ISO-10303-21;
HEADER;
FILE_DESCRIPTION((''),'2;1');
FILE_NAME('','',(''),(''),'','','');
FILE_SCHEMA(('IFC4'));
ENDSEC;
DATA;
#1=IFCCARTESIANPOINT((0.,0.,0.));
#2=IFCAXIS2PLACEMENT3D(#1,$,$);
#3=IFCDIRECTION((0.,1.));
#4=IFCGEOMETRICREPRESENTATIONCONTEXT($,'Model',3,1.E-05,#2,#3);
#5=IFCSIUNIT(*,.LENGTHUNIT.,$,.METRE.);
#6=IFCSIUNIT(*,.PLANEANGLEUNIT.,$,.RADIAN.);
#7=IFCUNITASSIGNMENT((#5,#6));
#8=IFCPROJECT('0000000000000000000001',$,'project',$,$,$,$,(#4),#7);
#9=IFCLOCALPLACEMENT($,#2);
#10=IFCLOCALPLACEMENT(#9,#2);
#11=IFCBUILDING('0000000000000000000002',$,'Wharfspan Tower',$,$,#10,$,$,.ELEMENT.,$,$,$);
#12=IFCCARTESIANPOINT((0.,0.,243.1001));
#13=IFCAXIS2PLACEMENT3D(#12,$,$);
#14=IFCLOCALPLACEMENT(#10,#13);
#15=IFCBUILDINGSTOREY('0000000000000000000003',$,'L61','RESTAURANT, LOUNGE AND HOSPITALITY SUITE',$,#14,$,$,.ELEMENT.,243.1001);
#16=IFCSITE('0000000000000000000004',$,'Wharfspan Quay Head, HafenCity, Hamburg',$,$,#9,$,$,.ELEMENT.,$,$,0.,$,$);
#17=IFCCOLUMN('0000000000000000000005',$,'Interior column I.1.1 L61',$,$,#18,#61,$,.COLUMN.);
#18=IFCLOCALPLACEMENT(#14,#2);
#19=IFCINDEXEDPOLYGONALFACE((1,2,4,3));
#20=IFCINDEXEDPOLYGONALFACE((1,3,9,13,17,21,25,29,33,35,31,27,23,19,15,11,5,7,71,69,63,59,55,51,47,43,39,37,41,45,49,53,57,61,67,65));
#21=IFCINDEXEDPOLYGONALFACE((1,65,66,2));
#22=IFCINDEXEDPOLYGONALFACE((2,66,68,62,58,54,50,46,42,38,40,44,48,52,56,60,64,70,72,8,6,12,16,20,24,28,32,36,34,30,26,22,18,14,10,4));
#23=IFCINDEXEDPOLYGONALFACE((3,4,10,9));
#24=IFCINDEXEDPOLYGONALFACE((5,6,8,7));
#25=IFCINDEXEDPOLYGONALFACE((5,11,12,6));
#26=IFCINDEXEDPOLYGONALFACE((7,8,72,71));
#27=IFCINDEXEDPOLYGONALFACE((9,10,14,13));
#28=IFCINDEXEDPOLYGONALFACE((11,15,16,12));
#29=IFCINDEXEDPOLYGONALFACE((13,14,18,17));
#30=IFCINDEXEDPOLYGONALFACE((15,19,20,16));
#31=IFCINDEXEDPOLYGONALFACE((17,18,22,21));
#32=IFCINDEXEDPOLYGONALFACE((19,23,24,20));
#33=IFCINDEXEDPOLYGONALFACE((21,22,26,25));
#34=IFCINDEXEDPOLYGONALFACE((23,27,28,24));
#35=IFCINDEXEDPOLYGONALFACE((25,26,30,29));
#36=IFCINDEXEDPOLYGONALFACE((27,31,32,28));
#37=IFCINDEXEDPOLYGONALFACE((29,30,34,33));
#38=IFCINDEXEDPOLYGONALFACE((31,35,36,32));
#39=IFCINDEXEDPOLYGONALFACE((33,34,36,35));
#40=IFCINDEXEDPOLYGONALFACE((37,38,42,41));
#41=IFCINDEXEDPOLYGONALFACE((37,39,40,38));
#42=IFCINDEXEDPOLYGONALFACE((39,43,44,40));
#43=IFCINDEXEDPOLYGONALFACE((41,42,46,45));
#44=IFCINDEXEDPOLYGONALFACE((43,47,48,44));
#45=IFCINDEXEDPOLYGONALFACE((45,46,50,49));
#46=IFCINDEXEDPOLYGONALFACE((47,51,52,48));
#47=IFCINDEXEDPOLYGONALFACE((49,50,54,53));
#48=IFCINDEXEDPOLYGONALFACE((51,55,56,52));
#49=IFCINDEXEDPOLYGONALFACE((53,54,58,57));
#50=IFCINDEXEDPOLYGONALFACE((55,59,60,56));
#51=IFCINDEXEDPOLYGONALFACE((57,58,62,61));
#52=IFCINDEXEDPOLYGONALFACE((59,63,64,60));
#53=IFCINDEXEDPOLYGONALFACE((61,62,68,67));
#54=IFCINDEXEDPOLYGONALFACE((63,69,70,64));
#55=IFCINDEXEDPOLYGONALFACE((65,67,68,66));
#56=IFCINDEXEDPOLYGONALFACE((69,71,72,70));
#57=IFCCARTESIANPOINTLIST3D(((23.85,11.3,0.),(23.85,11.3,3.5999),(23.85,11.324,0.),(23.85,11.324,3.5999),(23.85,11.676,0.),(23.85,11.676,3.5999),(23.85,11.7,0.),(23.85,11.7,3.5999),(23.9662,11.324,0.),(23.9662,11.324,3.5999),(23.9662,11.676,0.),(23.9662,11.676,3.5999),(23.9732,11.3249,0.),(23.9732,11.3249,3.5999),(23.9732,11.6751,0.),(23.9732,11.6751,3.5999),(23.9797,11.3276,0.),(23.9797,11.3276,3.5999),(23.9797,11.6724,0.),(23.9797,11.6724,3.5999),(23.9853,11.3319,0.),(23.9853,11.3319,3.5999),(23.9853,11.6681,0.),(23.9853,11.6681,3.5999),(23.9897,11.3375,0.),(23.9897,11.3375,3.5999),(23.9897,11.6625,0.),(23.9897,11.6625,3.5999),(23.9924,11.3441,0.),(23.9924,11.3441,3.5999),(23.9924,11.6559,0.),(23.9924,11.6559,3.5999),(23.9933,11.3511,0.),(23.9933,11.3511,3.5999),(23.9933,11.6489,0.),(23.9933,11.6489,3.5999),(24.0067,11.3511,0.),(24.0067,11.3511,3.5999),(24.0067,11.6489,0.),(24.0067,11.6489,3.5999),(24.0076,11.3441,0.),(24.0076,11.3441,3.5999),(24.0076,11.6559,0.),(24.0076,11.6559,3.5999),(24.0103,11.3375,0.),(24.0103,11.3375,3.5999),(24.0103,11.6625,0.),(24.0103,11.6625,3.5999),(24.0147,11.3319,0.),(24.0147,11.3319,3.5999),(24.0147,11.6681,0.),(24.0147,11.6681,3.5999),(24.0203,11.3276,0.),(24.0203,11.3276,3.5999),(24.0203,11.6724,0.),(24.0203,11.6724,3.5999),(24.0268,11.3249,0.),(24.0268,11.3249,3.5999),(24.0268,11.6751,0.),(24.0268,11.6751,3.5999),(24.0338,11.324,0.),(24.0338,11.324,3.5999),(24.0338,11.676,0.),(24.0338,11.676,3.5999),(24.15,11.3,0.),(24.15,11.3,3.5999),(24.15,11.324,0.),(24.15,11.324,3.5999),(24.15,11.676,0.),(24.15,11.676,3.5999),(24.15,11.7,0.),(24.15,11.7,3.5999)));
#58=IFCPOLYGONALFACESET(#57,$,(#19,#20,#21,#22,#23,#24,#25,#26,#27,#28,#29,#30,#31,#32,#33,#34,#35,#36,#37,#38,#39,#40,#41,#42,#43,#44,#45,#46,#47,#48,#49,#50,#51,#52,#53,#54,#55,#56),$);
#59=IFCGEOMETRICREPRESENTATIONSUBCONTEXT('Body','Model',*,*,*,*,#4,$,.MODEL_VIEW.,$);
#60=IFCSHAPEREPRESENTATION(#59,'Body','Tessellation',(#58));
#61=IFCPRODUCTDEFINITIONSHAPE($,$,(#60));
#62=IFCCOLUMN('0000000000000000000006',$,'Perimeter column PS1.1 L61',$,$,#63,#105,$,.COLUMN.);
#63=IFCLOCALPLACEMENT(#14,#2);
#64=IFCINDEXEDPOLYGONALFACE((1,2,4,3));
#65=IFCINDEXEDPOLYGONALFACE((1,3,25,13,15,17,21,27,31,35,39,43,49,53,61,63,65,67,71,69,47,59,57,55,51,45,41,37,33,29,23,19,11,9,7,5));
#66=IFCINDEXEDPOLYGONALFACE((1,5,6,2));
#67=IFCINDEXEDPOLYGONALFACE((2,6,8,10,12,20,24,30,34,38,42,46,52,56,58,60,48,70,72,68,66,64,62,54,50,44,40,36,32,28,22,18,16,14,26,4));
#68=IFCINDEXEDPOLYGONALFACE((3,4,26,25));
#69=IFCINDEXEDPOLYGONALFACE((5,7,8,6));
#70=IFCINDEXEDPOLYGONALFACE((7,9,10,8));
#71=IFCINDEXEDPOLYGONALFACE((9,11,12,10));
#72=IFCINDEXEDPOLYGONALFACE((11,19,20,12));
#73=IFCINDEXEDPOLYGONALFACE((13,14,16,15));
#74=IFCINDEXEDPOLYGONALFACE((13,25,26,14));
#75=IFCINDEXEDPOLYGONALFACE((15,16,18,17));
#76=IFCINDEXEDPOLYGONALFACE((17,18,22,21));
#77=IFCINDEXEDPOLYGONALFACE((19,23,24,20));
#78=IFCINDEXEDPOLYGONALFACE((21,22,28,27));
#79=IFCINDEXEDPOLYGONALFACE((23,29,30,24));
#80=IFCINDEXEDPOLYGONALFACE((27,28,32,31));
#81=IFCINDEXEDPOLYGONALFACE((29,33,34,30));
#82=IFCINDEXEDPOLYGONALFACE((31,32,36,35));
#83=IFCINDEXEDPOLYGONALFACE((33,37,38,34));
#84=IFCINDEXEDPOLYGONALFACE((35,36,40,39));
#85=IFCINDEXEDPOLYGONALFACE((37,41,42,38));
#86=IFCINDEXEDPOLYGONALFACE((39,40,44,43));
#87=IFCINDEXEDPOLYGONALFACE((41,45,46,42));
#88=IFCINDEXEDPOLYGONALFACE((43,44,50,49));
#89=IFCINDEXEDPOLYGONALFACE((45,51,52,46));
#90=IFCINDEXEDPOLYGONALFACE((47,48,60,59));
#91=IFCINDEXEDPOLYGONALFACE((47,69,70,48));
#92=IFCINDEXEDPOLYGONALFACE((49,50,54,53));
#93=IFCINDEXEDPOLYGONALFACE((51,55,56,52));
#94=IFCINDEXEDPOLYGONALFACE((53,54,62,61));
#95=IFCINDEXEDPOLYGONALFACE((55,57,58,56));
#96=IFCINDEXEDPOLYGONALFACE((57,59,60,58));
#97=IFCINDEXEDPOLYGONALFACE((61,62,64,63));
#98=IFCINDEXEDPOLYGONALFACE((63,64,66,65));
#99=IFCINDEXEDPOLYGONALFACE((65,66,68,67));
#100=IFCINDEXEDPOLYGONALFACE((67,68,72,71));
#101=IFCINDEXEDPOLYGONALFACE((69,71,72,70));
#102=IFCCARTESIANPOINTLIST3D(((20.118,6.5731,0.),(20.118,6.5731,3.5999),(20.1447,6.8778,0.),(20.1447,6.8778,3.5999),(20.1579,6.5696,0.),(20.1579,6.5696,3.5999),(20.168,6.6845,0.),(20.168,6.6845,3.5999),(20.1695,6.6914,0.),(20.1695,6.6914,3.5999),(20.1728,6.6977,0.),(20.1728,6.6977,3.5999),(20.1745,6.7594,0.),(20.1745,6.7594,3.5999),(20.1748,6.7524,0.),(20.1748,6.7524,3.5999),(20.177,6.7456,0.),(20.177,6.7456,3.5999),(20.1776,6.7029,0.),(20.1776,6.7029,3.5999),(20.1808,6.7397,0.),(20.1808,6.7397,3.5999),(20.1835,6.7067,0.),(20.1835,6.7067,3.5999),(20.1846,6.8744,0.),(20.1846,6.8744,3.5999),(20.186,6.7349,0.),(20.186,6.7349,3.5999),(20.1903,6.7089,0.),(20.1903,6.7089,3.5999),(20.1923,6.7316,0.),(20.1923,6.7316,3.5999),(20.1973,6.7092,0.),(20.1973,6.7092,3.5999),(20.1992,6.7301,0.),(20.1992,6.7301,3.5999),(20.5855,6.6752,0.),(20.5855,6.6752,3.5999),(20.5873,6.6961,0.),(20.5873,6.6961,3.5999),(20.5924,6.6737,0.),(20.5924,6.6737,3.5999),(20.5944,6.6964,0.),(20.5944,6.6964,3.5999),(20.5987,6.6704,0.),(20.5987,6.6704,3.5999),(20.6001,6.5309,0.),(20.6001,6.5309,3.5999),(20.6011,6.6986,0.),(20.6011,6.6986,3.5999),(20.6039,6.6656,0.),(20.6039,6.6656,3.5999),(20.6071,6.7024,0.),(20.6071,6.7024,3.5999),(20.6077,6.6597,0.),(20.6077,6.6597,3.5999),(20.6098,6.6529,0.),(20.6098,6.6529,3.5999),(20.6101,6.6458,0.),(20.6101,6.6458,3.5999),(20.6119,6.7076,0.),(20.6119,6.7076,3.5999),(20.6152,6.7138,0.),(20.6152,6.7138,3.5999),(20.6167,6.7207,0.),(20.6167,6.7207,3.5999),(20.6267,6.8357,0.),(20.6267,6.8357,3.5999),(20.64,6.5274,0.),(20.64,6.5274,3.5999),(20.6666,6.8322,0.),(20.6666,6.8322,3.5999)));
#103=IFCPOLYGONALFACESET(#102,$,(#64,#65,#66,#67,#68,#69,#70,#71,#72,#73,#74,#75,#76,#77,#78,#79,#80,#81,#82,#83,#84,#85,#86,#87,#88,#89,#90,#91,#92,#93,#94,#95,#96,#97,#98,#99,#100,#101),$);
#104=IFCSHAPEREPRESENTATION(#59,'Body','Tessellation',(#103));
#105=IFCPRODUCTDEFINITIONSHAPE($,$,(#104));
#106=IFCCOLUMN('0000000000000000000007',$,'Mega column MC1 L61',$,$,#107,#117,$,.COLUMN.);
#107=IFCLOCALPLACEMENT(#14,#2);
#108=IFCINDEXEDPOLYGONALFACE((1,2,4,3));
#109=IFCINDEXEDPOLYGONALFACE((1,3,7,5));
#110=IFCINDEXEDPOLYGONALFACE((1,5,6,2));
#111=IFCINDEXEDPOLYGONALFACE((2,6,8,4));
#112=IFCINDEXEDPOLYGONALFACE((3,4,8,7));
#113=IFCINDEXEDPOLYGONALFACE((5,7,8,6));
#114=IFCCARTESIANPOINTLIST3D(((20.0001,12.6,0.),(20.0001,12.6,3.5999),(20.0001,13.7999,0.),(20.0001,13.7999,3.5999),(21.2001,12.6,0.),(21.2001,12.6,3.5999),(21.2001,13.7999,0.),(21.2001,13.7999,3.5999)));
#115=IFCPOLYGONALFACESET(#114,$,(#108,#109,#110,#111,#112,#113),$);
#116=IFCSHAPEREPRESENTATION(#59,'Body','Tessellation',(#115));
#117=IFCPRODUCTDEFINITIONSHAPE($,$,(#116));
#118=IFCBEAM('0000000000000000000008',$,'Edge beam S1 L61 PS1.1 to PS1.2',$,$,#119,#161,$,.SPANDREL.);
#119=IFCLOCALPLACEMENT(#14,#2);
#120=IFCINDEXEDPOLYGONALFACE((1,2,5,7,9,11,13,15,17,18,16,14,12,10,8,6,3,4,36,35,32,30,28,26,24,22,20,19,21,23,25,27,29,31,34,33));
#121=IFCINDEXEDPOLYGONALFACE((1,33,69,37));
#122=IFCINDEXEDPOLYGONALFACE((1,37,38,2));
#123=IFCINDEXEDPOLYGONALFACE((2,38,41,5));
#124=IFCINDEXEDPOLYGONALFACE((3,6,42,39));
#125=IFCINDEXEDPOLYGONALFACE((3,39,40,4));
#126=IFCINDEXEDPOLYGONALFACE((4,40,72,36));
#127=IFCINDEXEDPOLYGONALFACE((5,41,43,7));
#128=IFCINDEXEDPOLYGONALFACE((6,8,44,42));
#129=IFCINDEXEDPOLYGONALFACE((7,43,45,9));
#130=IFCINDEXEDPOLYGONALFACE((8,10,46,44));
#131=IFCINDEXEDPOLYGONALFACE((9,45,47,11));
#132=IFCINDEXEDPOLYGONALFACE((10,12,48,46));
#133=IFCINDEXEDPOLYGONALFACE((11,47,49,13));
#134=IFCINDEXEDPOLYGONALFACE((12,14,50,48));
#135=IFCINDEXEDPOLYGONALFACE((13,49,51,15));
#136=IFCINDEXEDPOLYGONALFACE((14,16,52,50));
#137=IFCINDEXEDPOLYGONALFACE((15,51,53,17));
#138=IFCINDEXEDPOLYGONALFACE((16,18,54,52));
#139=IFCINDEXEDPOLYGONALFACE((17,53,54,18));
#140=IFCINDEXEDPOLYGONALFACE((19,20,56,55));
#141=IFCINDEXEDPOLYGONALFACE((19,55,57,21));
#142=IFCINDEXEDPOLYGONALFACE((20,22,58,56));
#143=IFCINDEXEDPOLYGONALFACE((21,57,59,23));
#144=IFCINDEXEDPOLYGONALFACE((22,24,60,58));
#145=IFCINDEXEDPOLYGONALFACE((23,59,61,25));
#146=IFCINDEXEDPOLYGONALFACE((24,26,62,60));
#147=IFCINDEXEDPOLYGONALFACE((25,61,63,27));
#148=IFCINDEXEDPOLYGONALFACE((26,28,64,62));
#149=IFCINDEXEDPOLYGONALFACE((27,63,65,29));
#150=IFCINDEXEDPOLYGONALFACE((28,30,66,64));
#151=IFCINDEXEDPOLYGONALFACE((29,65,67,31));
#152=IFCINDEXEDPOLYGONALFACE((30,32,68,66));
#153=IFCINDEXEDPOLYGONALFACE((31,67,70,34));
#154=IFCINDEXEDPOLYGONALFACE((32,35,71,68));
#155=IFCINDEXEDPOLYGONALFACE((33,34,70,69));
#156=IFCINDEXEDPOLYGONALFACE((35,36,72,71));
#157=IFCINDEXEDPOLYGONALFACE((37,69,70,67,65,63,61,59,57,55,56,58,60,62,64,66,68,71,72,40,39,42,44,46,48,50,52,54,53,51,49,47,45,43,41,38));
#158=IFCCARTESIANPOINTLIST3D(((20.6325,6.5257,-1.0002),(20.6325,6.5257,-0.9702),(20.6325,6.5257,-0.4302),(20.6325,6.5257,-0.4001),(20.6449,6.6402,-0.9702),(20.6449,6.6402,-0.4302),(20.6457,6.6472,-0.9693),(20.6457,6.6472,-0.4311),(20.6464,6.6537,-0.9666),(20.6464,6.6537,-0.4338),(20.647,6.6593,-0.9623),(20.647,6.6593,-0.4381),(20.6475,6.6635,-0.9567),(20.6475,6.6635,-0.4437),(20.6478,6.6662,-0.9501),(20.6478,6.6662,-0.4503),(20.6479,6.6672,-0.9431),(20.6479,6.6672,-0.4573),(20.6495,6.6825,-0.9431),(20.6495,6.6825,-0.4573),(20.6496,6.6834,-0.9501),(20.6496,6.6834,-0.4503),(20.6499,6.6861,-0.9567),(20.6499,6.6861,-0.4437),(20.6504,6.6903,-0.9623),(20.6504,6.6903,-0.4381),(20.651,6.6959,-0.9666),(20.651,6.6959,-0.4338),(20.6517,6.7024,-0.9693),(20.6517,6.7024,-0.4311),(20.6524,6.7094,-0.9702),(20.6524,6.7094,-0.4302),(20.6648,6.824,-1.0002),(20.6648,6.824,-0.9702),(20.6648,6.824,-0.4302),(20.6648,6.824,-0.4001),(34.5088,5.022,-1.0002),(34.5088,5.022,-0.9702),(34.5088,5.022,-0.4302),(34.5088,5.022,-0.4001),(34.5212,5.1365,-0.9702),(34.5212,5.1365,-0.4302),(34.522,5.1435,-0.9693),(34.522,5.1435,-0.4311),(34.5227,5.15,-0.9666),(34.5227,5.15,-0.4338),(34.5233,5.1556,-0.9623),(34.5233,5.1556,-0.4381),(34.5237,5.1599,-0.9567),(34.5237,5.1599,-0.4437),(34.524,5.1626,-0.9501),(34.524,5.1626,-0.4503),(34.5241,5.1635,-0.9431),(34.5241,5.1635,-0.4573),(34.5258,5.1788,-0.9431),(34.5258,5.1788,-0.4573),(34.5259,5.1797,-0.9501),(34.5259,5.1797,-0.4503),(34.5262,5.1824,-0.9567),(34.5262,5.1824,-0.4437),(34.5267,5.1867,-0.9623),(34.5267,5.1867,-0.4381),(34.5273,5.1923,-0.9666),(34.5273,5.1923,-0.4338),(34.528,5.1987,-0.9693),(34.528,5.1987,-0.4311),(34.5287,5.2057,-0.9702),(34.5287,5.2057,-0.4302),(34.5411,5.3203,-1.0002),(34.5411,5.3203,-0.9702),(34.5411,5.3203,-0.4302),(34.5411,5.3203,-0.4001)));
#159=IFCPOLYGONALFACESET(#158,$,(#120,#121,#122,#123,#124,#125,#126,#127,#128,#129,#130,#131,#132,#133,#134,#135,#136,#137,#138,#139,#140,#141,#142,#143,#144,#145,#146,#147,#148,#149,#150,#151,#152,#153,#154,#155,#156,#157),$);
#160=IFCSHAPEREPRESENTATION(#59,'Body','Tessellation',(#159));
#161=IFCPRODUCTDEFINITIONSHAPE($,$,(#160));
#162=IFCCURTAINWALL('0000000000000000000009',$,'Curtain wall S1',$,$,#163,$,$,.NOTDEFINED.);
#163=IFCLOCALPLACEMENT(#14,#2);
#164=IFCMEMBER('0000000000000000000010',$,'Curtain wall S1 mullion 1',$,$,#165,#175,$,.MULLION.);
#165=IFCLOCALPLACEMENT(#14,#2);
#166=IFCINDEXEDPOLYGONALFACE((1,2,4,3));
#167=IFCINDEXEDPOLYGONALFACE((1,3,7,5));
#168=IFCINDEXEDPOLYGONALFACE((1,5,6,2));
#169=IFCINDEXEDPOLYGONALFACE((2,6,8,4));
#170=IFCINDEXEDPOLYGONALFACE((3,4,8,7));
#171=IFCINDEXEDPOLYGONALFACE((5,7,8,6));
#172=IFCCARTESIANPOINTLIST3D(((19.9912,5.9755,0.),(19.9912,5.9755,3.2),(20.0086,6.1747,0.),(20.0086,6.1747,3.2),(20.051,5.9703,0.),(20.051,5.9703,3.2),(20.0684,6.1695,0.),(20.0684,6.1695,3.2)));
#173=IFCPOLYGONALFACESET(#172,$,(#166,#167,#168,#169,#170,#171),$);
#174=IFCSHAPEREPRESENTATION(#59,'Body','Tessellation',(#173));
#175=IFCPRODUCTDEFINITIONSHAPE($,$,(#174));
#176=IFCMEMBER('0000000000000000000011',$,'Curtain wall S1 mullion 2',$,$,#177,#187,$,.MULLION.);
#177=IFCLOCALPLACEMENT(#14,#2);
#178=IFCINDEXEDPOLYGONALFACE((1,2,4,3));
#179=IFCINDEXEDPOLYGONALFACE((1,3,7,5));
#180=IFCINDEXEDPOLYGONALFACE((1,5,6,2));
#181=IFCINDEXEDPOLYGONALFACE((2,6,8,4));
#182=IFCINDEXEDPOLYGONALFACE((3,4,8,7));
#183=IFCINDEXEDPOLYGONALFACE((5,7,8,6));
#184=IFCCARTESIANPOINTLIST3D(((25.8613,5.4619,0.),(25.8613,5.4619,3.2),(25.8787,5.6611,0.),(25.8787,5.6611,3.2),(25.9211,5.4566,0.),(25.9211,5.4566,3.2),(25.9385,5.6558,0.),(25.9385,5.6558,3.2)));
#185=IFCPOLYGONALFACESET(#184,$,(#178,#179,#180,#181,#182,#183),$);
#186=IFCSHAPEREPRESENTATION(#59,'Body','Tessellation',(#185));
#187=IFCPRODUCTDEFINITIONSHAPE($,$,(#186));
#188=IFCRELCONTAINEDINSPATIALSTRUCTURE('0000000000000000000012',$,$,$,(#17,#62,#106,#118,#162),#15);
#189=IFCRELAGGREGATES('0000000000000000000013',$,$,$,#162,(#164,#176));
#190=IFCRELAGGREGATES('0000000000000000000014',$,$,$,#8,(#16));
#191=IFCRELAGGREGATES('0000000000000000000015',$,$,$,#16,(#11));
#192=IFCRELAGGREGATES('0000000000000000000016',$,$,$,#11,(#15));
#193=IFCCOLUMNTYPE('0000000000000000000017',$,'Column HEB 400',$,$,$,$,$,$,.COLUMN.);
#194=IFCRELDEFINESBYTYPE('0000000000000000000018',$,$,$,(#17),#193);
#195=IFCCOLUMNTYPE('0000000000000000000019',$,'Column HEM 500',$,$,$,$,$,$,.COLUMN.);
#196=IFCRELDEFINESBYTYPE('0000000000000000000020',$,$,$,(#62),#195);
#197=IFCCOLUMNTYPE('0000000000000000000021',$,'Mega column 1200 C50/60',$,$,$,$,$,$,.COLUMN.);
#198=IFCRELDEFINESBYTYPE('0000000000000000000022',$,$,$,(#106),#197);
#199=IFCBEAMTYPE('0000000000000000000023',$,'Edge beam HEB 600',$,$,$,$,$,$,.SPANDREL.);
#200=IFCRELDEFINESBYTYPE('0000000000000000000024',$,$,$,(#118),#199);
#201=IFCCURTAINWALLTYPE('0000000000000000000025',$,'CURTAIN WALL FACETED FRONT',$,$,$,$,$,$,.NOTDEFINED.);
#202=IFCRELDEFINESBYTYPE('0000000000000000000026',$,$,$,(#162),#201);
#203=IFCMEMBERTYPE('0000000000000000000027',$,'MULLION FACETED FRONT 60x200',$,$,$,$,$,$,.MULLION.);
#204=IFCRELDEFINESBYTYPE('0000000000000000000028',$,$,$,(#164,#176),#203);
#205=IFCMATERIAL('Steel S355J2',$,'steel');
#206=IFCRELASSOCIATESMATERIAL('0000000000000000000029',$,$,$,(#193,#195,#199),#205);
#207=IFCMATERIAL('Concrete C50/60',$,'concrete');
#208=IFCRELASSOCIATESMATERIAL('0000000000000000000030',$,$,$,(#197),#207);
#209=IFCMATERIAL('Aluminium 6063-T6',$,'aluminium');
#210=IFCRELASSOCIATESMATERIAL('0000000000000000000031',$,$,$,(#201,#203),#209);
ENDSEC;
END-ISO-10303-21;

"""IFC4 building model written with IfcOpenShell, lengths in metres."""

from ifc_helpers import new_model, si_unit, direction, frame, origin, origin_2d, place, context, subcontext, project, spatial, rectangle, i_section, extrude, material, material_profile, profile_set, type_object, element, aggregate, save


model = new_model("IFC4")

# Units and contexts
model_context = context("Model", 3, precision=1e-05, world=origin(), true_north=direction((0.0, 1.0)))
body_context = subcontext(model_context, "Body", "Model", "MODEL_VIEW")
ifc_project = project(units=[si_unit("LENGTHUNIT", "METRE"), si_unit("PLANEANGLEUNIT", "RADIAN")], contexts=[model_context])

# Site, building, storey
site_placement = place(None, origin())
site = spatial("IfcSite", under=ifc_project, at=site_placement, Name="Wharfspan Quay Head, HafenCity, Hamburg", CompositionType="ELEMENT", RefElevation=0.0)
building_placement = place(site_placement, origin())
building = spatial("IfcBuilding", under=site, at=building_placement, Name="Wharfspan Tower", CompositionType="ELEMENT")
storey_placement = place(building_placement, frame((0.0, 0.0, 243.1001)))
storey = spatial("IfcBuildingStorey", under=building, at=storey_placement, Name="L61", Description="RESTAURANT, LOUNGE AND HOSPITALITY SUITE", CompositionType="ELEMENT", Elevation=243.1001)

# Columns
ifc_material_1 = material(Name="Steel S355J2", Category="steel")
ifc_material_profile_1 = material_profile(ifc_material_1, i_section(OverallWidth=0.3, OverallDepth=0.3999, WebThickness=0.0134, FlangeThickness=0.0239, FilletRadius=0.0271, at=origin_2d()))
ifc_profile_set_1 = profile_set([ifc_material_profile_1], Name="Steel S355J2")
column_type_1 = type_object("IfcColumnType", Name="Column HEB 400", PredefinedType="COLUMN", material=ifc_profile_set_1)
column_1_placement = place(storey_placement, frame((24.0, 11.5, 0.0), z_axis=(0.0, 0.0, 1.0), x_axis=(1.0, 0.0, 0.0)))
element("IfcColumn", 1, at=column_1_placement, inside=storey, type_object=column_type_1, Name="Interior column I.1.1 L61", PredefinedType="COLUMN", context=body_context, shape_type="SweptSolid", body=[
    extrude(i_section(OverallWidth=0.3, OverallDepth=0.3999, WebThickness=0.0134, FlangeThickness=0.0239, FilletRadius=0.0271, at=origin_2d()), origin(), (0.0, 0.0, 1.0), 3.5999),
])
ifc_material_profile_2 = material_profile(ifc_material_1, i_section(OverallWidth=0.3059, OverallDepth=0.5239, WebThickness=0.021, FlangeThickness=0.04, FilletRadius=0.0271, at=origin_2d()))
ifc_profile_set_2 = profile_set([ifc_material_profile_2], Name="Steel S355J2")
column_type_2 = type_object("IfcColumnType", Name="Column HEM 500", PredefinedType="COLUMN", material=ifc_profile_set_2)
column_2_placement = place(storey_placement, frame((20.3923, 6.7026, 0.0), z_axis=(0.0, 0.0, 1.0), x_axis=(-0.087156, -0.996197, 0.0)))
element("IfcColumn", 2, at=column_2_placement, inside=storey, type_object=column_type_2, Name="Perimeter column PS1.1 L61", PredefinedType="COLUMN", context=body_context, shape_type="SweptSolid", body=[
    extrude(i_section(OverallWidth=0.3059, OverallDepth=0.5239, WebThickness=0.021, FlangeThickness=0.04, FilletRadius=0.0271, at=origin_2d()), origin(), (0.0, 0.0, 1.0), 3.5999),
])
ifc_material_2 = material(Name="Concrete C50/60", Category="concrete")
ifc_material_profile_3 = material_profile(ifc_material_2, rectangle(XDim=1.2, YDim=1.2, at=origin_2d()))
ifc_profile_set_3 = profile_set([ifc_material_profile_3], Name="Concrete C50/60")
column_type_3 = type_object("IfcColumnType", Name="Mega column 1200 C50/60", PredefinedType="COLUMN", material=ifc_profile_set_3)
column_3_placement = place(storey_placement, frame((20.6001, 13.2, 0.0), z_axis=(0.0, 0.0, 1.0), x_axis=(1.0, 0.0, 0.0)))
element("IfcColumn", 3, at=column_3_placement, inside=storey, type_object=column_type_3, Name="Mega column MC1 L61", PredefinedType="COLUMN", context=body_context, shape_type="SweptSolid", body=[
    extrude(rectangle(XDim=1.2, YDim=1.2, at=origin_2d()), origin(), (0.0, 0.0, 1.0), 3.5999),
])

# Beam
ifc_material_profile_4 = material_profile(ifc_material_1, i_section(OverallWidth=0.3, OverallDepth=0.6001, WebThickness=0.0154, FlangeThickness=0.03, FilletRadius=0.0271, at=origin_2d()))
ifc_profile_set_4 = profile_set([ifc_material_profile_4], Name="Steel S355J2")
beam_type = type_object("IfcBeamType", Name="Edge beam HEB 600", PredefinedType="SPANDREL", material=ifc_profile_set_4)
beam_placement = place(storey_placement, frame((20.6487, 6.6748, -0.7002), z_axis=(0.99418, -0.107732, 0.0), x_axis=(0.107732, 0.99418, 0.0)))
element("IfcBeam", 4, at=beam_placement, inside=storey, type_object=beam_type, Name="Edge beam S1 L61 PS1.1 to PS1.2", PredefinedType="SPANDREL", context=body_context, shape_type="SweptSolid", body=[
    extrude(i_section(OverallWidth=0.3, OverallDepth=0.6001, WebThickness=0.0154, FlangeThickness=0.03, FilletRadius=0.0271, at=origin_2d()), origin(), (0.0, 0.0, 1.0), 13.9575),
])

# Curtain wall, members
ifc_material_3 = material(Name="Aluminium 6063-T6", Category="aluminium")
curtain_wall_type_1 = type_object("IfcCurtainWallType", Name="CURTAIN WALL FACETED FRONT", PredefinedType="NOTDEFINED", material=ifc_material_3)
curtain_wall_1_placement = place(storey_placement, origin())
curtain_wall_1 = element("IfcCurtainWall", 5, at=curtain_wall_1_placement, inside=storey, type_object=curtain_wall_type_1, Name="Curtain wall S1", PredefinedType="NOTDEFINED")
ifc_material_profile_5 = material_profile(ifc_material_3, rectangle(XDim=0.2, YDim=0.0601, at=origin_2d()))
ifc_profile_set_5 = profile_set([ifc_material_profile_5], Name="Aluminium 6063-T6")
member_type_1 = type_object("IfcMemberType", Name="MULLION FACETED FRONT 60x200", PredefinedType="MULLION", material=ifc_profile_set_5)
member_1_placement = place(storey_placement, frame((20.0298, 6.0725, 0.0), z_axis=(0.0, 0.0, 1.0), x_axis=(0.087156, 0.996197, 0.0)))
member_1 = element("IfcMember", 6, at=member_1_placement, type_object=member_type_1, Name="Curtain wall S1 mullion 1", PredefinedType="MULLION", context=body_context, shape_type="SweptSolid", body=[
    extrude(rectangle(XDim=0.2, YDim=0.0601, at=origin_2d()), origin(), (0.0, 0.0, 1.0), 3.2),
])
member_2_placement = place(storey_placement, frame((25.8999, 5.5588, 0.0), z_axis=(0.0, 0.0, 1.0), x_axis=(0.087156, 0.996197, 0.0)))
member_2 = element("IfcMember", 7, at=member_2_placement, type_object=member_type_1, Name="Curtain wall S1 mullion 2", PredefinedType="MULLION", context=body_context, shape_type="SweptSolid", body=[
    extrude(rectangle(XDim=0.2, YDim=0.0601, at=origin_2d()), origin(), (0.0, 0.0, 1.0), 3.2),
])

aggregate(curtain_wall_1, [member_1, member_2])

save(model, "model.ifc")
